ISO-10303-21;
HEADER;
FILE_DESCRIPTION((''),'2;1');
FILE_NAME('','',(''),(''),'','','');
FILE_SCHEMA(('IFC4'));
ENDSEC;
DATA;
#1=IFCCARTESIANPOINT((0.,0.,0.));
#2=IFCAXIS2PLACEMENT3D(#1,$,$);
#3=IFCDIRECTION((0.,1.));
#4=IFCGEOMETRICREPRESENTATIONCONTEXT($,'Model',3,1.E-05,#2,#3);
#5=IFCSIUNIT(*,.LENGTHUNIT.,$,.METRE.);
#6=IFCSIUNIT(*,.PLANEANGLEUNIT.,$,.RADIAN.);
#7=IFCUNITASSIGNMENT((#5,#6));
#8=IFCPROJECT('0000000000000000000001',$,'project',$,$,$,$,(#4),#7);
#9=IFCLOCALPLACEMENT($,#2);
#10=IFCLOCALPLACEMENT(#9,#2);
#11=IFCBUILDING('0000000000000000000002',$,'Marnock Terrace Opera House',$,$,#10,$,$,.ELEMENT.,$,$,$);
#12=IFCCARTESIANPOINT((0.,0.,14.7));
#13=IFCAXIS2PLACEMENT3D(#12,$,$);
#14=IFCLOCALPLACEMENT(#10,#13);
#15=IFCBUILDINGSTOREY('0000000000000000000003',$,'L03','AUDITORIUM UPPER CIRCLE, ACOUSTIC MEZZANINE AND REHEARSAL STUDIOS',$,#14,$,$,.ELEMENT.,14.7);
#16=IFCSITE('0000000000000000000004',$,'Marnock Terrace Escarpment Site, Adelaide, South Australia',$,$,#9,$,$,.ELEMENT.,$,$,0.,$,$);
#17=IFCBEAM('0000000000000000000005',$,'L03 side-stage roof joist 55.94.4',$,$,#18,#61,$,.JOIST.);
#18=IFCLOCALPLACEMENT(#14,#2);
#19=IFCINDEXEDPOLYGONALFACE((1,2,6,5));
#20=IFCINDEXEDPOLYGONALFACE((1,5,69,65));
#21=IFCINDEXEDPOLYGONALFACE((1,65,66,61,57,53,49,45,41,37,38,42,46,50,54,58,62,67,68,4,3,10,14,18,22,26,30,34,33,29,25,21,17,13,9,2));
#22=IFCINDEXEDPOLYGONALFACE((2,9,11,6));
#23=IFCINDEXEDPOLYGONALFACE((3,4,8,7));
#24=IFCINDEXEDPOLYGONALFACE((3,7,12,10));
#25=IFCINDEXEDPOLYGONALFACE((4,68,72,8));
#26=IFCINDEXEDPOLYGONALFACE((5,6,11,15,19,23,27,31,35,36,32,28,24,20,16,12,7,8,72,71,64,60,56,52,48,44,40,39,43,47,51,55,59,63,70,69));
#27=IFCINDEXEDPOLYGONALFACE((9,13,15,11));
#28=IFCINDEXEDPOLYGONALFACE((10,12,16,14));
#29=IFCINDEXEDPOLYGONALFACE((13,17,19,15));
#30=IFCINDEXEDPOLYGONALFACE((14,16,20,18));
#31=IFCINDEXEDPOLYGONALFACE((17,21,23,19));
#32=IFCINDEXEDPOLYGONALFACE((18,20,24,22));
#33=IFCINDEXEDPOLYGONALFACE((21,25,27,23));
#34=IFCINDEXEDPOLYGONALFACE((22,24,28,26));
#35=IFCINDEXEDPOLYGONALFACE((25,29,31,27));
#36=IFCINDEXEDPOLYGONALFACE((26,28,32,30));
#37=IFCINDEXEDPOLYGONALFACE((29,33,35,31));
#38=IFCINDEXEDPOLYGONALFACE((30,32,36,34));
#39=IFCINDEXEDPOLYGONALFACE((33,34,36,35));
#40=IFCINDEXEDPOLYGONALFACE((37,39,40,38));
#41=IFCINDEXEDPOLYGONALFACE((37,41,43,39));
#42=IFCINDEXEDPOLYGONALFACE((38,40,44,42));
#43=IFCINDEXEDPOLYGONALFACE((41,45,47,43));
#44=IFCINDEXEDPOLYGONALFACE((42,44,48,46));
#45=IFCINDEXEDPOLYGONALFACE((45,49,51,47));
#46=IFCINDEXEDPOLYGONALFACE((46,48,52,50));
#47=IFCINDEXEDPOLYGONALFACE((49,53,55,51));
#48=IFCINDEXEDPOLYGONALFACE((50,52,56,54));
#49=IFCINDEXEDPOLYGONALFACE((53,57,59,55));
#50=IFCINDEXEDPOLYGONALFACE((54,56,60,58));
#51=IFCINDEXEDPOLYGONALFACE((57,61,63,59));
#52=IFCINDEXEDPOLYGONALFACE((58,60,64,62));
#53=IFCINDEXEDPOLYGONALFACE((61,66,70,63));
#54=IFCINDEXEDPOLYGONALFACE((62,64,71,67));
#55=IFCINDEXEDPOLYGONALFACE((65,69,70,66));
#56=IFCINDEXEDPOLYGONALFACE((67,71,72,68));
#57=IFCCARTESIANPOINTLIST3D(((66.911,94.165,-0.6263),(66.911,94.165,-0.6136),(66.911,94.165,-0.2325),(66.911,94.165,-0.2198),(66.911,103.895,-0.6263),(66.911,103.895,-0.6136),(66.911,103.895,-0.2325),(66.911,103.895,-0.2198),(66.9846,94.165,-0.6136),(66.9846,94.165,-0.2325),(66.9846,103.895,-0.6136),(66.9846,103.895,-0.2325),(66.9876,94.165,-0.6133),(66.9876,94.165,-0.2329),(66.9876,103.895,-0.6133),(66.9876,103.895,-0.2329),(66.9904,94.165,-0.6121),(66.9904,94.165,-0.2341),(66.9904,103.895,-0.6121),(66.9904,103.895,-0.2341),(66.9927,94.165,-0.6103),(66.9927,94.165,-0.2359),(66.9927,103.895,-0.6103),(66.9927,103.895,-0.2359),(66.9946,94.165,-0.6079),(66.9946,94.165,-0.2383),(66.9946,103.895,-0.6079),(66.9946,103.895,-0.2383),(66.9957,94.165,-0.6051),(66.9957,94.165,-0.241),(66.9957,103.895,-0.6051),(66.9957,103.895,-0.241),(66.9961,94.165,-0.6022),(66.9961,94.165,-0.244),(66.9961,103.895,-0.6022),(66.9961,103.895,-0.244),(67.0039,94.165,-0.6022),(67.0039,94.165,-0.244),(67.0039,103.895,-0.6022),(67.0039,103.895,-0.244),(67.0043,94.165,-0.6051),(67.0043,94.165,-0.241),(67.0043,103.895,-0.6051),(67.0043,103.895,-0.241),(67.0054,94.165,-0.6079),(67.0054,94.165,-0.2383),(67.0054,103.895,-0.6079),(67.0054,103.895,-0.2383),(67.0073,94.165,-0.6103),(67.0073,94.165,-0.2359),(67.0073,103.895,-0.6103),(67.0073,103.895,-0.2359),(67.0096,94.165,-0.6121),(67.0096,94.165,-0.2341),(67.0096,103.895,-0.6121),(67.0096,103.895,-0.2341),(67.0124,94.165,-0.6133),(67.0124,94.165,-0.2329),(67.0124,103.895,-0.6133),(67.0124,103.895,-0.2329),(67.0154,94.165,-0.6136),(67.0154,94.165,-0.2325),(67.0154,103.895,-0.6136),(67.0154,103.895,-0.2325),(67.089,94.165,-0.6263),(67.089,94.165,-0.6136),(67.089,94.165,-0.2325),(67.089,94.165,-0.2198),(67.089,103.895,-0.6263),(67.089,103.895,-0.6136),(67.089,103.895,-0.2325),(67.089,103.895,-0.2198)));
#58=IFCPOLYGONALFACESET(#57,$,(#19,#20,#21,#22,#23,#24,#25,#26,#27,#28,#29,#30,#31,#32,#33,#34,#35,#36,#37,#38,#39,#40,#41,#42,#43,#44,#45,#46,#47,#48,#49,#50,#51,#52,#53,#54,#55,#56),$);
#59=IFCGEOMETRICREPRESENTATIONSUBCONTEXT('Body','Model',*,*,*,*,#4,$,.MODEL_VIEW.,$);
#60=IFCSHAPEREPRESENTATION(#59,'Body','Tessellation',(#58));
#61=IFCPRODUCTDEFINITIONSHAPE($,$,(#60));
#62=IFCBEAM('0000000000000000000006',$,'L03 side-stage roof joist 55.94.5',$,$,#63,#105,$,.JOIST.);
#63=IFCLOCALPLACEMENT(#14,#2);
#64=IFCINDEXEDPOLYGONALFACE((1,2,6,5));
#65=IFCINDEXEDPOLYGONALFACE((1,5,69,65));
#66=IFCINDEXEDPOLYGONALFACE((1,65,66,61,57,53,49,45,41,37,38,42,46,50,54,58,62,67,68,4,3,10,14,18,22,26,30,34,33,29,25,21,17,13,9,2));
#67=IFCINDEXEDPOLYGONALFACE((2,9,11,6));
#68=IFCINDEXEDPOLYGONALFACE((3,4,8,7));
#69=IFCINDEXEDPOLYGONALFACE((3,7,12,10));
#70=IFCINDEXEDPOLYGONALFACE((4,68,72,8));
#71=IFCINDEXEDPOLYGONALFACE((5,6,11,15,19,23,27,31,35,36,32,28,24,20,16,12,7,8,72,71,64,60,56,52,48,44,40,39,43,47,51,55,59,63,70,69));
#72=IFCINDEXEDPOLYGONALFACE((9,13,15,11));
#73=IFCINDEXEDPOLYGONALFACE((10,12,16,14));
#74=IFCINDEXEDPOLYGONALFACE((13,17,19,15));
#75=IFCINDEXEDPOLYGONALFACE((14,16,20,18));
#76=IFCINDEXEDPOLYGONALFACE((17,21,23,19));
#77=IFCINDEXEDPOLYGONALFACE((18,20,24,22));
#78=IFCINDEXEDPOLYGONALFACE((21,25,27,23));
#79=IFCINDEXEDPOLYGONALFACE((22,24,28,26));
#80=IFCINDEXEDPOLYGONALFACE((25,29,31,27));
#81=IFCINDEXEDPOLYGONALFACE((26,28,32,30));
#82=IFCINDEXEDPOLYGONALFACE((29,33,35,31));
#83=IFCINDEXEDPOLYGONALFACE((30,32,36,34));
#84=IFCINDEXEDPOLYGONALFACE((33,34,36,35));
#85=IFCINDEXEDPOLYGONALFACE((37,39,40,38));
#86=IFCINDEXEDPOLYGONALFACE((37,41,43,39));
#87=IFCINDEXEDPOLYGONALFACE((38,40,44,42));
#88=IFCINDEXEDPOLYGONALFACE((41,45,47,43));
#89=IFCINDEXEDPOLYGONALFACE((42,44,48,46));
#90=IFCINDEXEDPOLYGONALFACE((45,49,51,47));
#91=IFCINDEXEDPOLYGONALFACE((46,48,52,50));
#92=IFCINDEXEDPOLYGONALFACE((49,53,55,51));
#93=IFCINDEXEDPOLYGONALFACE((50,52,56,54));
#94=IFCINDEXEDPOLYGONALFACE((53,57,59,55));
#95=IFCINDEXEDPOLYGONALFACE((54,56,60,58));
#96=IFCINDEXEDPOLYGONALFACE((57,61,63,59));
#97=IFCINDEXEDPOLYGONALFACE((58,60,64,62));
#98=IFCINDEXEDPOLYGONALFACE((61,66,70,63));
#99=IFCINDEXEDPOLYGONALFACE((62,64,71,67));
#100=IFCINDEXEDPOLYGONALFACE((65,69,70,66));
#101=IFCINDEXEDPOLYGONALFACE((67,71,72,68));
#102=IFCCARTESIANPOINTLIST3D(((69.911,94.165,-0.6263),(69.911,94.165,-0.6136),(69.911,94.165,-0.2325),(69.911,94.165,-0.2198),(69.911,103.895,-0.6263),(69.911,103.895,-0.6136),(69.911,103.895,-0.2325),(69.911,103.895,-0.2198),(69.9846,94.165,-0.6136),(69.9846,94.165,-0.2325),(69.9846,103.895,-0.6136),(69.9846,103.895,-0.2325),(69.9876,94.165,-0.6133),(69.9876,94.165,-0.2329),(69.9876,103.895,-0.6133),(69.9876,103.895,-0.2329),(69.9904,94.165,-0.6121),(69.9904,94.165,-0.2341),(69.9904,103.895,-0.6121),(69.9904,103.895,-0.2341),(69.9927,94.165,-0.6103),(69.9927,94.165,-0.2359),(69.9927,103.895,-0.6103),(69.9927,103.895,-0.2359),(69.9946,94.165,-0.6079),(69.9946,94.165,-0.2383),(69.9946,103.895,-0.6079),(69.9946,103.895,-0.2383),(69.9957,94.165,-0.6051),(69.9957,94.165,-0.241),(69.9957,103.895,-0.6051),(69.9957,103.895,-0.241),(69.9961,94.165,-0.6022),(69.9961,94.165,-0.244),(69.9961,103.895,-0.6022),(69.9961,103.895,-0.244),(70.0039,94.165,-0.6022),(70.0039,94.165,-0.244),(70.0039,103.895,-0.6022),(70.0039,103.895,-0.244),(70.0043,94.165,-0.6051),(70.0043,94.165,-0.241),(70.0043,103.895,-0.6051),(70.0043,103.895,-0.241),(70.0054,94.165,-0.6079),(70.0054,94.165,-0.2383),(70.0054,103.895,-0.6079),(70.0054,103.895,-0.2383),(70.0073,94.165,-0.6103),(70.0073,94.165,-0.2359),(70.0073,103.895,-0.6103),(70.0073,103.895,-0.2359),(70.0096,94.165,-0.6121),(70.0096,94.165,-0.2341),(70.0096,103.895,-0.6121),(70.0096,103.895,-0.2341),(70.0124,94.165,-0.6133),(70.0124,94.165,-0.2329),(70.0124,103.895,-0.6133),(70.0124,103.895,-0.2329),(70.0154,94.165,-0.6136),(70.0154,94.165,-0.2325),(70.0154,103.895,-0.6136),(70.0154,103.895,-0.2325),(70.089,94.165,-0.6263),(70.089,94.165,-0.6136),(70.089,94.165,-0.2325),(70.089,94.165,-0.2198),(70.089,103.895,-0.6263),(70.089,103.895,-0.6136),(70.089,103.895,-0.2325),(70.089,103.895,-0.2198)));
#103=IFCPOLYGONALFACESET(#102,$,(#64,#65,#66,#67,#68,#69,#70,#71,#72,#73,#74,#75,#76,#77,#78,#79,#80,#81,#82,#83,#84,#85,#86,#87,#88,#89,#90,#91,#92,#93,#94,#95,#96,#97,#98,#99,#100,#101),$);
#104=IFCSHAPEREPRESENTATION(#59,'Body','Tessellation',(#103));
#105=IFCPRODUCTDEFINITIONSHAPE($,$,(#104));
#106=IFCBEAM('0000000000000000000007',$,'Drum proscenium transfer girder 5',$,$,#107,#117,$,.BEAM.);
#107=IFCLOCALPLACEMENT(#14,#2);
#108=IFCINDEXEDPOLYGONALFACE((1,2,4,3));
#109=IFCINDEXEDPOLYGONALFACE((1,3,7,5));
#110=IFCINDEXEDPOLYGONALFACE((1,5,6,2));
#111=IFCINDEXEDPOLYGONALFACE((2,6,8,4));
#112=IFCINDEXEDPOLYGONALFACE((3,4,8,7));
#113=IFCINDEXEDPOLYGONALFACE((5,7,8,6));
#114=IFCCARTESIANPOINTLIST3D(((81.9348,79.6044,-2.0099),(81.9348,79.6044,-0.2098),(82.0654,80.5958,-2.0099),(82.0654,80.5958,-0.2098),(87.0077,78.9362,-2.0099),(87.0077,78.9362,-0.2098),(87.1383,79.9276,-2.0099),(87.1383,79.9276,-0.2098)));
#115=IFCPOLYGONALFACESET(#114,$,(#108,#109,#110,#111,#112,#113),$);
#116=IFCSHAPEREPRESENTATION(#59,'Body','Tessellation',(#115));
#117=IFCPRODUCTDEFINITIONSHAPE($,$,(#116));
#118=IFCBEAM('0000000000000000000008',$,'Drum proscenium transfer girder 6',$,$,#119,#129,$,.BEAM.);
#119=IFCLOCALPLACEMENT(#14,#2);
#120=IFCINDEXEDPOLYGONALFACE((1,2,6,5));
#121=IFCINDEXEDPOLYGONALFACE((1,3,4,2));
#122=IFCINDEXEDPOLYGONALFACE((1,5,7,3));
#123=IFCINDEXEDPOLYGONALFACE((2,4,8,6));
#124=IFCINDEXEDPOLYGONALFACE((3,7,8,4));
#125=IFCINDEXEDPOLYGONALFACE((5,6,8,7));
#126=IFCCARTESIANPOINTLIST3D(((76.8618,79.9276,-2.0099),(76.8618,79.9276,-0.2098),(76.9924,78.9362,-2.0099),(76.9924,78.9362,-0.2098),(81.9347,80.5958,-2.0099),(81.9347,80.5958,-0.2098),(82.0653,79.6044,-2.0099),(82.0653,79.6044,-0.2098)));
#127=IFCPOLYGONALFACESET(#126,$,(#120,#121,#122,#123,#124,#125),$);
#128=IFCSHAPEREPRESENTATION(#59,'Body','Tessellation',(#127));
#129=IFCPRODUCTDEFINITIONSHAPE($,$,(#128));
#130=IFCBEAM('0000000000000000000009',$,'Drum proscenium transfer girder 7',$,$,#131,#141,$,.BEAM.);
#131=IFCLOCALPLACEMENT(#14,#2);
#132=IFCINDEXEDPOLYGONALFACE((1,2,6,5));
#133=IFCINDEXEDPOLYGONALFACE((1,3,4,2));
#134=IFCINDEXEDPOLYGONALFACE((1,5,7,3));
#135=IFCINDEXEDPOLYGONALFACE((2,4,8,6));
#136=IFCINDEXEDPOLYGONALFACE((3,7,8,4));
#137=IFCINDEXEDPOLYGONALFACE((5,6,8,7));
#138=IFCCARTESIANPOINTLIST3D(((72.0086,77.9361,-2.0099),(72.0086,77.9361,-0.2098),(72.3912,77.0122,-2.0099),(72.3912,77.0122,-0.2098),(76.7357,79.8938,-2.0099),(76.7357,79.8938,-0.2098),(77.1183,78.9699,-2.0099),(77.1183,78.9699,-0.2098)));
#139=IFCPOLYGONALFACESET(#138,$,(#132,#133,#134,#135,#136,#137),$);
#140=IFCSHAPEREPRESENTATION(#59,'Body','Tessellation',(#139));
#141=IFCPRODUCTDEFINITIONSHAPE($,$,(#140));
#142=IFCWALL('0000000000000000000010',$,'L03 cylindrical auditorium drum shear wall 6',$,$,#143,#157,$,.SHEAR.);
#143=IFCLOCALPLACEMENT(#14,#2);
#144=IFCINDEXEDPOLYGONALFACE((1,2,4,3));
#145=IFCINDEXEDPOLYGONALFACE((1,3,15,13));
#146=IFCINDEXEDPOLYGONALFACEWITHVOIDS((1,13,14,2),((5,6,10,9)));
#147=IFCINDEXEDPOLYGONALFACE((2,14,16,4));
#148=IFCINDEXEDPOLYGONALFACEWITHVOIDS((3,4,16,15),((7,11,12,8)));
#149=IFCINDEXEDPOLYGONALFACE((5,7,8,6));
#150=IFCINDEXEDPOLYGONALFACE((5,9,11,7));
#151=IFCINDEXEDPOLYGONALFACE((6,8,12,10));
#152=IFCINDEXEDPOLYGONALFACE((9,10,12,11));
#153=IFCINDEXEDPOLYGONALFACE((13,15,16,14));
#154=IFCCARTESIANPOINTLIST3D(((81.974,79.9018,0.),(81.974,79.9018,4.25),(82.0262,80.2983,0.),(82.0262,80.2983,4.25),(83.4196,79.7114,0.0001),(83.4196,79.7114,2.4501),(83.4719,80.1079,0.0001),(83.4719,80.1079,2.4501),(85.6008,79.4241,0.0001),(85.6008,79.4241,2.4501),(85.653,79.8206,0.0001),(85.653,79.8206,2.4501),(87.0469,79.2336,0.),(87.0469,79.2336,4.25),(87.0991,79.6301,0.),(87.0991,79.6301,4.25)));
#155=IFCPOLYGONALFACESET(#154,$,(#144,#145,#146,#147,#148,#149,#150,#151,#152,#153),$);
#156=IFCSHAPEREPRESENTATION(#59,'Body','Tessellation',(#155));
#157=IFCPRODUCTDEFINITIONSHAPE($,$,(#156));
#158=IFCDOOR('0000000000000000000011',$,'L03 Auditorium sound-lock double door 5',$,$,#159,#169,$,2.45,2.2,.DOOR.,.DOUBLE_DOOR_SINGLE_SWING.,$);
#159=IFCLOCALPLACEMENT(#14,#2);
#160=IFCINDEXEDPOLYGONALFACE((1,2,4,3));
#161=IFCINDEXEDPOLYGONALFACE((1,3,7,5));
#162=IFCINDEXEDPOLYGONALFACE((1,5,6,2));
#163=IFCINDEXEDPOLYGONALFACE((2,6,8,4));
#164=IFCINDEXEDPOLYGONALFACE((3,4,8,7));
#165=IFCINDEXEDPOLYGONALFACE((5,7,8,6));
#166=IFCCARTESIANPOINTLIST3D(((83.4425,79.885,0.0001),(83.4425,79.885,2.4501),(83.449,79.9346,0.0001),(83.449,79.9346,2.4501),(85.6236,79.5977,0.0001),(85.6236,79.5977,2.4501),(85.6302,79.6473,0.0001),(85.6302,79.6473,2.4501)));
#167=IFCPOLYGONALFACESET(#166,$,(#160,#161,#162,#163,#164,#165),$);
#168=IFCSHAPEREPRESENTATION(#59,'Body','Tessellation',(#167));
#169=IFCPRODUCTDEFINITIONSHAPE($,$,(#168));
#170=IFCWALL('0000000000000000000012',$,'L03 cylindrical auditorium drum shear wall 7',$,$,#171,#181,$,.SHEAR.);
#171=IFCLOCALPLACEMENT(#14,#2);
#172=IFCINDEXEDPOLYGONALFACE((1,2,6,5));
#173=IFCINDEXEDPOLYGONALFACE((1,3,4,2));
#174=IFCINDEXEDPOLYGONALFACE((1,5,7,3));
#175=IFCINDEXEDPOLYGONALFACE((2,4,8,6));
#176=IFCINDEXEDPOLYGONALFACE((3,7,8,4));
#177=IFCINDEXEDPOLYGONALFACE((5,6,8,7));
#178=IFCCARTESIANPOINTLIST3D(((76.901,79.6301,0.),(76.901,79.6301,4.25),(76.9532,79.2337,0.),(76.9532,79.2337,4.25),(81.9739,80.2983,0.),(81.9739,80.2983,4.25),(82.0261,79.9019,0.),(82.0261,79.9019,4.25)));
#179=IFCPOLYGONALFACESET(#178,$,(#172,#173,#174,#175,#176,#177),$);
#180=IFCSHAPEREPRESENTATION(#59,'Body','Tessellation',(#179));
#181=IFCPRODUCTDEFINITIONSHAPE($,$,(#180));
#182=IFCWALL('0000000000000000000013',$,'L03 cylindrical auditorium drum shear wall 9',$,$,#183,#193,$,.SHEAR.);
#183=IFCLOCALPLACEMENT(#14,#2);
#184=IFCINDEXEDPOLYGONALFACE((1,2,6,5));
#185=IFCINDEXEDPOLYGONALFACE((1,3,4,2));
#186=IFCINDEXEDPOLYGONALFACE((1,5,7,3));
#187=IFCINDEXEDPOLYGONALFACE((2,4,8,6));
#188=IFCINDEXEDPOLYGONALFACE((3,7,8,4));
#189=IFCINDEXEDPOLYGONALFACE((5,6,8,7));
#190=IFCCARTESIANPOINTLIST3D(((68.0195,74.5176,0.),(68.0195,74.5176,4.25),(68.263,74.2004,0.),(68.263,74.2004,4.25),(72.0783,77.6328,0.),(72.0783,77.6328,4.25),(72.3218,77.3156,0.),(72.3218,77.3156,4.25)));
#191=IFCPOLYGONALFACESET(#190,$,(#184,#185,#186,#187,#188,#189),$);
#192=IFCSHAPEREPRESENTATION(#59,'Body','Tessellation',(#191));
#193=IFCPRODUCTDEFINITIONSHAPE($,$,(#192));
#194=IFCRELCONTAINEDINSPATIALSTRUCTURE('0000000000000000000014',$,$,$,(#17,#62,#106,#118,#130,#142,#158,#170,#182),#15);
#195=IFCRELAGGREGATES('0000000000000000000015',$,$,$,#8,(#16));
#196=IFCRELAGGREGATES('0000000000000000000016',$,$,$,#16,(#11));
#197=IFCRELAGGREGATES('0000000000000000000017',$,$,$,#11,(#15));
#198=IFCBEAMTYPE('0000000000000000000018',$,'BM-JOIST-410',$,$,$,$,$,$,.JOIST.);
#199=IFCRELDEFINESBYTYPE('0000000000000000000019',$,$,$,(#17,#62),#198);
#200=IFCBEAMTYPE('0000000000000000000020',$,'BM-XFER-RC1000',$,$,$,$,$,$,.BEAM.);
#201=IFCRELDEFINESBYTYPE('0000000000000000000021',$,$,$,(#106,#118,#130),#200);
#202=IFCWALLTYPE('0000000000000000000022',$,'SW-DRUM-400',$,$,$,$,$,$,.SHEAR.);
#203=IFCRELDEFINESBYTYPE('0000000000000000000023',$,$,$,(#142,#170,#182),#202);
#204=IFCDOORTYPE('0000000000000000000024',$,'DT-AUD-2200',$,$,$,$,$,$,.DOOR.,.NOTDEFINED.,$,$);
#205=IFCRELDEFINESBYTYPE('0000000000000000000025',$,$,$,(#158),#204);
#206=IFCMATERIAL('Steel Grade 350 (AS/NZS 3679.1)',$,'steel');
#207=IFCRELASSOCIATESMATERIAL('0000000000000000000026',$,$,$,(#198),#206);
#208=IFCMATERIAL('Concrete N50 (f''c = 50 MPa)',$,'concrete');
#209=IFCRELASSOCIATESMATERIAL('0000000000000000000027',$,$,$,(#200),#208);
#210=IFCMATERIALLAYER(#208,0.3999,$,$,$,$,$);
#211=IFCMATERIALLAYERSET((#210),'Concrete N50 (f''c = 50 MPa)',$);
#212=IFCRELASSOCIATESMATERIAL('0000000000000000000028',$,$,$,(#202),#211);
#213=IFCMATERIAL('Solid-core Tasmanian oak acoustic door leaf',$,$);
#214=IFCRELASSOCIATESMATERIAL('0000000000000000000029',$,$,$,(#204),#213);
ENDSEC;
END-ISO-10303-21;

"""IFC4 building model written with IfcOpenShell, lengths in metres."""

from ifc_helpers import new_model, si_unit, direction, frame, frame_2d, origin, origin_2d, place, context, subcontext, project, spatial, rectangle, i_section, extrude, material, layer, layer_set, material_profile, profile_set, type_object, element, fill, save


model = new_model("IFC4")

# Units and contexts
model_context = context("Model", 3, precision=1e-05, world=origin(), true_north=direction((0.0, 1.0)))
body_context = subcontext(model_context, "Body", "Model", "MODEL_VIEW")
ifc_project = project(units=[si_unit("LENGTHUNIT", "METRE"), si_unit("PLANEANGLEUNIT", "RADIAN")], contexts=[model_context])

# Site, building, storey
site_placement = place(None, origin())
site = spatial("IfcSite", under=ifc_project, at=site_placement, Name="Marnock Terrace Escarpment Site, Adelaide, South Australia", CompositionType="ELEMENT", RefElevation=0.0)
building_placement = place(site_placement, origin())
building = spatial("IfcBuilding", under=site, at=building_placement, Name="Marnock Terrace Opera House", CompositionType="ELEMENT")
storey_placement = place(building_placement, frame((0.0, 0.0, 14.7)))
storey = spatial("IfcBuildingStorey", under=building, at=storey_placement, Name="L03", Description="AUDITORIUM UPPER CIRCLE, ACOUSTIC MEZZANINE AND REHEARSAL STUDIOS", CompositionType="ELEMENT", Elevation=14.7)

# Shared definitions
ifc_material_1 = material(Name="Concrete N50 (f'c = 50 MPa)", Category="concrete")

# Beams
ifc_material_2 = material(Name="Steel Grade 350 (AS/NZS 3679.1)", Category="steel")
ifc_material_profile_1 = material_profile(ifc_material_2, i_section(OverallWidth=0.178, OverallDepth=0.4065, WebThickness=0.0078, FlangeThickness=0.0127, FilletRadius=0.0115, at=origin_2d()))
ifc_profile_set_1 = profile_set([ifc_material_profile_1], Name="Steel Grade 350 (AS/NZS 3679.1)")
beam_type_1 = type_object("IfcBeamType", Name="BM-JOIST-410", PredefinedType="JOIST", material=ifc_profile_set_1)
for number, where, z_axis, x_axis, name in (
    (1, (67.0, 94.165, -0.4231), (0.0, 1.0, 0.0), (-1.0, 0.0, 0.0), "L03 side-stage roof joist 55.94.4"),
    (2, (70.0, 94.165, -0.4231), (0.0, 1.0, 0.0), (-1.0, 0.0, 0.0), "L03 side-stage roof joist 55.94.5"),
):
    element("IfcBeam", number, at=place(storey_placement, frame(where, z_axis=z_axis, x_axis=x_axis)), inside=storey, type_object=beam_type_1, Name=name, PredefinedType="JOIST", context=body_context, shape_type="SweptSolid", body=[
        extrude(i_section(OverallWidth=0.178, OverallDepth=0.4065, WebThickness=0.0078, FlangeThickness=0.0127, FilletRadius=0.0115, at=origin_2d()), origin(), (0.0, 0.0, 1.0), 9.73),
    ])
ifc_material_profile_2 = material_profile(ifc_material_1, rectangle(XDim=1.0, YDim=1.8, at=origin_2d()))
ifc_profile_set_2 = profile_set([ifc_material_profile_2], Name="Concrete N50 (f'c = 50 MPa)")
beam_type_2 = type_object("IfcBeamType", Name="BM-XFER-RC1000", PredefinedType="BEAM", material=ifc_profile_set_2)
for number, where, z_axis, x_axis, name in (
    (3, (87.073, 79.4319, -1.1099), (-0.991436, 0.130592, 0.0), (-0.130592, -0.991436, 0.0), "Drum proscenium transfer girder 5"),
    (4, (82.0, 80.1001, -1.1099), (-0.991436, -0.130592, 0.0), (0.130592, -0.991436, 0.0), "Drum proscenium transfer girder 6"),
):
    element("IfcBeam", number, at=place(storey_placement, frame(where, z_axis=z_axis, x_axis=x_axis)), inside=storey, type_object=beam_type_2, Name=name, PredefinedType="BEAM", context=body_context, shape_type="SweptSolid", body=[
        extrude(rectangle(XDim=1.0, YDim=1.8, at=origin_2d()), origin(), (0.0, 0.0, 1.0), 5.1167),
    ])
beam_1_placement = place(storey_placement, frame((76.927, 79.4319, -1.1099), z_axis=(-0.923896, -0.382643, 0.0), x_axis=(0.382643, -0.923896, 0.0)))
element("IfcBeam", 5, at=beam_1_placement, inside=storey, type_object=beam_type_2, Name="Drum proscenium transfer girder 7", PredefinedType="BEAM", context=body_context, shape_type="SweptSolid", body=[
    extrude(rectangle(XDim=1.0, YDim=1.8, at=origin_2d()), origin(), (0.0, 0.0, 1.0), 5.1165),
])

# Wall, opening, door
ifc_layer_1 = layer(ifc_material_1, 0.3999)
ifc_layer_set_1 = layer_set([ifc_layer_1], Name="Concrete N50 (f'c = 50 MPa)")
wall_type_1 = type_object("IfcWallType", Name="SW-DRUM-400", PredefinedType="SHEAR", material=ifc_layer_set_1)
wall_1_placement = place(storey_placement, frame((87.073, 79.4319, 0.0), z_axis=(0.0, 0.0, 1.0), x_axis=(-0.991436, 0.130592, 0.0)))
wall_1 = element("IfcWall", 6, at=wall_1_placement, inside=storey, type_object=wall_type_1, Name="L03 cylindrical auditorium drum shear wall 6", PredefinedType="SHEAR", context=body_context, shape_type="SweptSolid", body=[
    extrude(rectangle(XDim=5.1167, YDim=0.3999, at=frame_2d((2.5583, 0.0))), origin(), (0.0, 0.0, 1.0), 4.25),
])
opening_1_placement = place(wall_1_placement, frame((1.4585, 0.0, 0.0)))
opening_1 = element("IfcOpeningElement", 7, at=opening_1_placement, cuts=wall_1, PredefinedType="OPENING", context=body_context, shape_type="SweptSolid", body=[
    extrude(rectangle(XDim=2.2, YDim=2.45, at=frame_2d((1.1001, 1.2251))), frame((0.0, 0.21, 0.0), z_axis=(0.0, -1.0, 0.0), x_axis=(1.0, 0.0, 0.0)), (0.0, 0.0, 1.0), 0.4199),
])
ifc_material_3 = material(Name="Solid-core Tasmanian oak acoustic door leaf")
door_type_1 = type_object("IfcDoorType", Name="DT-AUD-2200", OperationType="NOTDEFINED", PredefinedType="DOOR", material=ifc_material_3)
door_1_placement = place(opening_1_placement, origin())
door_1 = element("IfcDoor", 8, at=door_1_placement, inside=storey, type_object=door_type_1, Name="L03 Auditorium sound-lock double door 5", OperationType="DOUBLE_DOOR_SINGLE_SWING", OverallHeight=2.45, OverallWidth=2.2, PredefinedType="DOOR", context=body_context, shape_type="SweptSolid", body=[
    extrude(rectangle(XDim=2.2, YDim=2.45, at=frame_2d((1.1001, 1.2251))), frame((0.0, 0.0249, 0.0), z_axis=(0.0, -1.0, 0.0), x_axis=(1.0, 0.0, 0.0)), (0.0, 0.0, 1.0), 0.05),
])
fill(opening_1, door_1)

# Wall
wall_2_placement = place(storey_placement, frame((82.0, 80.1001, 0.0), z_axis=(0.0, 0.0, 1.0), x_axis=(-0.991436, -0.130592, 0.0)))
element("IfcWall", 9, at=wall_2_placement, inside=storey, type_object=wall_type_1, Name="L03 cylindrical auditorium drum shear wall 7", PredefinedType="SHEAR", context=body_context, shape_type="SweptSolid", body=[
    extrude(rectangle(XDim=5.1167, YDim=0.3999, at=frame_2d((2.5583, 0.0))), origin(), (0.0, 0.0, 1.0), 4.25),
])

# Wall
wall_3_placement = place(storey_placement, frame((72.2, 77.4741, 0.0), z_axis=(0.0, 0.0, 1.0), x_axis=(-0.79328, -0.608857, 0.0)))
element("IfcWall", 10, at=wall_3_placement, inside=storey, type_object=wall_type_1, Name="L03 cylindrical auditorium drum shear wall 9", PredefinedType="SHEAR", context=body_context, shape_type="SweptSolid", body=[
    extrude(rectangle(XDim=5.1165, YDim=0.3999, at=frame_2d((2.5581, 0.0))), origin(), (0.0, 0.0, 1.0), 4.25),
])

save(model, "model.ifc")
